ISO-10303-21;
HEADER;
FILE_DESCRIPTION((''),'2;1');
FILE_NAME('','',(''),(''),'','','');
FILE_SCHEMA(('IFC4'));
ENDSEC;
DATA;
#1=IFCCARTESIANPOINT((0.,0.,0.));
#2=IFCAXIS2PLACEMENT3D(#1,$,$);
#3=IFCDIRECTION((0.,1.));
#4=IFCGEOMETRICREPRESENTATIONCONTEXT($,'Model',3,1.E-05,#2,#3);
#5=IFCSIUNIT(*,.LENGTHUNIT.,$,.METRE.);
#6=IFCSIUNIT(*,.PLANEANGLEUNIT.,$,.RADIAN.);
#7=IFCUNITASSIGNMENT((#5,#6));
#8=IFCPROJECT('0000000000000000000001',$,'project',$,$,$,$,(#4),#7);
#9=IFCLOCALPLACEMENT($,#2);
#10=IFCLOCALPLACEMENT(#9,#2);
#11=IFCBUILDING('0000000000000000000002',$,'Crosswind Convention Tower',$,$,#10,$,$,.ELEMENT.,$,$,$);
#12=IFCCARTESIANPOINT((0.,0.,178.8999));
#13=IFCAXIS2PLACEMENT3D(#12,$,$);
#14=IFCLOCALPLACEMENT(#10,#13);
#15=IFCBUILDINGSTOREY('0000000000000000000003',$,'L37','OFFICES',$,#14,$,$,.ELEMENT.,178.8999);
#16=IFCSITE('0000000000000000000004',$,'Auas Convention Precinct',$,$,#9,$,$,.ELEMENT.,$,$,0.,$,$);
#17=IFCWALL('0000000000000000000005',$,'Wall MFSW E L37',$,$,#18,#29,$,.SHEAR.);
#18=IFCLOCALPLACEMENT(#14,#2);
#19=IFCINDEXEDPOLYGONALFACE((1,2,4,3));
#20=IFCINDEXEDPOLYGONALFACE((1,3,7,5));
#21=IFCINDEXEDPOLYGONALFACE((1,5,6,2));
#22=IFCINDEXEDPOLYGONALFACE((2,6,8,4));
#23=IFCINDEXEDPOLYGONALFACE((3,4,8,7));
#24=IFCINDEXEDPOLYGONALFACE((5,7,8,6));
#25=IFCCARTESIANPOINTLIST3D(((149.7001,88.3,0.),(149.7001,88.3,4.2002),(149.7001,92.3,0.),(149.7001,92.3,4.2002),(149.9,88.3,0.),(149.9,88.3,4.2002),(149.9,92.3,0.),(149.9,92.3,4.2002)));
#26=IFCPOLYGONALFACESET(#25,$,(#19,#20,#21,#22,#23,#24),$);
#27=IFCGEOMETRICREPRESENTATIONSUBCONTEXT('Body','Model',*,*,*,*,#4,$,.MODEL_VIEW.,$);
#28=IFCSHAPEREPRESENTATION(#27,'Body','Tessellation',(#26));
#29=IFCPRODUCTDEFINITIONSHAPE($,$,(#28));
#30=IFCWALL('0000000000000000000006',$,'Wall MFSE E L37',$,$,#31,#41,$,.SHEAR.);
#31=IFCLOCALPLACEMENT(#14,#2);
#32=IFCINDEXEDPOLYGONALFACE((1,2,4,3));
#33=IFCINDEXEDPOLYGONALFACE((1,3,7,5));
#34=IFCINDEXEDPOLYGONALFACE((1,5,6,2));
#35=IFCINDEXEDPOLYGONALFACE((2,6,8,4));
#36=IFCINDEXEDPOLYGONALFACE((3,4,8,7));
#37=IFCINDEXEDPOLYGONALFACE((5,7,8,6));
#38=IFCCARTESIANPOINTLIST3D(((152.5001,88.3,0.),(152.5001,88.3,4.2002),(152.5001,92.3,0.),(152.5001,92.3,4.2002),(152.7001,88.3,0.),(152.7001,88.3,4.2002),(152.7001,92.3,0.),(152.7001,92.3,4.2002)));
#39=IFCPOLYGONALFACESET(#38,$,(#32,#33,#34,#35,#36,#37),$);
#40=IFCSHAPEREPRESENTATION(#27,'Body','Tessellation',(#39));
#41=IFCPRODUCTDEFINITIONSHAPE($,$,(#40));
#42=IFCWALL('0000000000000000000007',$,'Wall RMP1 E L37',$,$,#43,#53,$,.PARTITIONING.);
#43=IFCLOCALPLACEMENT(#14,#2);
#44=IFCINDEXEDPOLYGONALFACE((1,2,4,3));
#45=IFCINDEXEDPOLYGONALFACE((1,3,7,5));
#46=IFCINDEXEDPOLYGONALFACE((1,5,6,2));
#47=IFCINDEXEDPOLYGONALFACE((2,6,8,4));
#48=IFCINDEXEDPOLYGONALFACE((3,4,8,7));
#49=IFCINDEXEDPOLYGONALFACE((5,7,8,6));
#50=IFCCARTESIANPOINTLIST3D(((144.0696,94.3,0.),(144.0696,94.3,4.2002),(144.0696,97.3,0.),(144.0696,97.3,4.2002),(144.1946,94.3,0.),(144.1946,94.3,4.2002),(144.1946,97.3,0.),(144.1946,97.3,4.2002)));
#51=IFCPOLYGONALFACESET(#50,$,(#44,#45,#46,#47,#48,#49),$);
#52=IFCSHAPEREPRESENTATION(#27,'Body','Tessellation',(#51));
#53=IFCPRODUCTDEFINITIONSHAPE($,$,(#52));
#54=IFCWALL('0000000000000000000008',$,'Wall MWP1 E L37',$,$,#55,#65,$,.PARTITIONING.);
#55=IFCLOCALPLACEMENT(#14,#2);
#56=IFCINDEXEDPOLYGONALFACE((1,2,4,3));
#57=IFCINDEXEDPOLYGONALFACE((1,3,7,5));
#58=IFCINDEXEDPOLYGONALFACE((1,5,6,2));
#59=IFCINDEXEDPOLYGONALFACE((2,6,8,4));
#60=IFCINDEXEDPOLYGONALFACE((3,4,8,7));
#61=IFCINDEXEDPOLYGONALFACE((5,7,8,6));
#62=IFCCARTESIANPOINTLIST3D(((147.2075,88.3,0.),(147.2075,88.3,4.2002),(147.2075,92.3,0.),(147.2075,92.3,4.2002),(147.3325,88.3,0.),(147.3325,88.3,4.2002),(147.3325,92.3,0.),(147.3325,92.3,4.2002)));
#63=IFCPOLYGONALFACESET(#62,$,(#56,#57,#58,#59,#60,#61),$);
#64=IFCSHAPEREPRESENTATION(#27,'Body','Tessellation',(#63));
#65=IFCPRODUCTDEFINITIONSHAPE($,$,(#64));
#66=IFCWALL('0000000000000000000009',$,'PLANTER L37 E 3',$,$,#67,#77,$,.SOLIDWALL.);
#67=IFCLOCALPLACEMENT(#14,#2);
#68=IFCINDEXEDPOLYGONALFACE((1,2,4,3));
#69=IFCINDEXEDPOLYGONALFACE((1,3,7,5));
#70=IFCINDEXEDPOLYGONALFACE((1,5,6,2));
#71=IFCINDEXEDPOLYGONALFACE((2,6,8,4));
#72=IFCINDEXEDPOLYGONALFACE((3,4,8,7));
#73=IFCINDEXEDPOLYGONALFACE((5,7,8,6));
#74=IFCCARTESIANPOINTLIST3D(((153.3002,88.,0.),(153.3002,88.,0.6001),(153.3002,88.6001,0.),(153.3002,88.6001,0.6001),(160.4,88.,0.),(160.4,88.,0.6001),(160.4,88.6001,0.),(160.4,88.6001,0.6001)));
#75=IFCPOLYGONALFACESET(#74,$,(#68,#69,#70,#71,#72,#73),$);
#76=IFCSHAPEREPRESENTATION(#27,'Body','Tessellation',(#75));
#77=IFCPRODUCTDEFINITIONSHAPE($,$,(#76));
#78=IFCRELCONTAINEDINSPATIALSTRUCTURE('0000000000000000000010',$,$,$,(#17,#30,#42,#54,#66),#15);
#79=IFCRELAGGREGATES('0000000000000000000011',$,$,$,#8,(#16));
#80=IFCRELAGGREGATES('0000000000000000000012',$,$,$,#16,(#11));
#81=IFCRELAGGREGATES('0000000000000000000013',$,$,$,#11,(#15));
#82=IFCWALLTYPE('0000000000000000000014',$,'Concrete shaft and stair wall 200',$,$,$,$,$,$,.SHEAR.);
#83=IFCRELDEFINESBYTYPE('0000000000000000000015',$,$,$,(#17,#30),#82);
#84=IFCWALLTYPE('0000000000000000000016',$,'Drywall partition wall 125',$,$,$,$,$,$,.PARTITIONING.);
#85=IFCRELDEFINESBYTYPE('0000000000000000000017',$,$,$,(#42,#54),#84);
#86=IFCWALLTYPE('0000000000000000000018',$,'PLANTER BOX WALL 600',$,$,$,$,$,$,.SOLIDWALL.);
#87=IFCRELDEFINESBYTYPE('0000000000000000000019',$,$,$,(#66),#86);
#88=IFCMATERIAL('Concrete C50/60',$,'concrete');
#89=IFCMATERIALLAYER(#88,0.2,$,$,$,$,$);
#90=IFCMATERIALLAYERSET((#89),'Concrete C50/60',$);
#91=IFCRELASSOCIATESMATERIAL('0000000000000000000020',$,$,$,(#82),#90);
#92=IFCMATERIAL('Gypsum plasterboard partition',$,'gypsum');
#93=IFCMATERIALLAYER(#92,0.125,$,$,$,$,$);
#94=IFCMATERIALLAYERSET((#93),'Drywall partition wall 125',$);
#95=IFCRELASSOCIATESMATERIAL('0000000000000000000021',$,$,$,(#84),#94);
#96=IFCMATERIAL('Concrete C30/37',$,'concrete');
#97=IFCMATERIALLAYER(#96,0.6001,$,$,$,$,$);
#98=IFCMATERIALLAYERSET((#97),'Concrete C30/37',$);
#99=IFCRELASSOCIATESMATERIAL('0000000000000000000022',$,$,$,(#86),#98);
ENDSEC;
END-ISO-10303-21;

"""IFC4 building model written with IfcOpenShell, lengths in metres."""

from ifc_helpers import new_model, si_unit, direction, frame, frame_2d, origin, place, context, subcontext, project, spatial, rectangle, extrude, material, layer, layer_set, type_object, element, save


model = new_model("IFC4")

# Units and contexts
model_context = context("Model", 3, precision=1e-05, world=origin(), true_north=direction((0.0, 1.0)))
body_context = subcontext(model_context, "Body", "Model", "MODEL_VIEW")
ifc_project = project(units=[si_unit("LENGTHUNIT", "METRE"), si_unit("PLANEANGLEUNIT", "RADIAN")], contexts=[model_context])

# Site, building, storey
site_placement = place(None, origin())
site = spatial("IfcSite", under=ifc_project, at=site_placement, Name="Auas Convention Precinct", CompositionType="ELEMENT", RefElevation=0.0)
building_placement = place(site_placement, origin())
building = spatial("IfcBuilding", under=site, at=building_placement, Name="Crosswind Convention Tower", CompositionType="ELEMENT")
storey_placement = place(building_placement, frame((0.0, 0.0, 178.8999)))
storey = spatial("IfcBuildingStorey", under=building, at=storey_placement, Name="L37", Description="OFFICES", CompositionType="ELEMENT", Elevation=178.8999)

# Walls
ifc_material_1 = material(Name="Concrete C50/60", Category="concrete")
ifc_layer_1 = layer(ifc_material_1, 0.2)
ifc_layer_set_1 = layer_set([ifc_layer_1], Name="Concrete C50/60")
wall_type_1 = type_object("IfcWallType", Name="Concrete shaft and stair wall 200", PredefinedType="SHEAR", material=ifc_layer_set_1)
for number, where, z_axis, x_axis, name in (
    (1, (149.8, 88.3, 0.0), (0.0, 0.0, 1.0), (0.0, 1.0, 0.0), "Wall MFSW E L37"),
    (2, (152.6001, 88.3, 0.0), (0.0, 0.0, 1.0), (0.0, 1.0, 0.0), "Wall MFSE E L37"),
):
    element("IfcWall", number, at=place(storey_placement, frame(where, z_axis=z_axis, x_axis=x_axis)), inside=storey, type_object=wall_type_1, Name=name, PredefinedType="SHEAR", context=body_context, shape_type="SweptSolid", body=[
        extrude(rectangle(XDim=4.0, YDim=0.2, at=frame_2d((2.0, 0.0))), origin(), (0.0, 0.0, 1.0), 4.2002),
    ])
ifc_material_2 = material(Name="Gypsum plasterboard partition", Category="gypsum")
ifc_layer_2 = layer(ifc_material_2, 0.125)
ifc_layer_set_2 = layer_set([ifc_layer_2], Name="Drywall partition wall 125")
wall_type_2 = type_object("IfcWallType", Name="Drywall partition wall 125", PredefinedType="PARTITIONING", material=ifc_layer_set_2)
wall_1_placement = place(storey_placement, frame((144.1321, 94.3, 0.0), z_axis=(0.0, 0.0, 1.0), x_axis=(0.0, 1.0, 0.0)))
element("IfcWall", 3, at=wall_1_placement, inside=storey, type_object=wall_type_2, Name="Wall RMP1 E L37", PredefinedType="PARTITIONING", context=body_context, shape_type="SweptSolid", body=[
    extrude(rectangle(XDim=3.0, YDim=0.125, at=frame_2d((1.5, 0.0))), origin(), (0.0, 0.0, 1.0), 4.2002),
])
wall_2_placement = place(storey_placement, frame((147.27, 88.3, 0.0), z_axis=(0.0, 0.0, 1.0), x_axis=(0.0, 1.0, 0.0)))
element("IfcWall", 4, at=wall_2_placement, inside=storey, type_object=wall_type_2, Name="Wall MWP1 E L37", PredefinedType="PARTITIONING", context=body_context, shape_type="SweptSolid", body=[
    extrude(rectangle(XDim=4.0, YDim=0.125, at=frame_2d((2.0, 0.0))), origin(), (0.0, 0.0, 1.0), 4.2002),
])
ifc_material_3 = material(Name="Concrete C30/37", Category="concrete")
ifc_layer_3 = layer(ifc_material_3, 0.6001)
ifc_layer_set_3 = layer_set([ifc_layer_3], Name="Concrete C30/37")
wall_type_3 = type_object("IfcWallType", Name="PLANTER BOX WALL 600", PredefinedType="SOLIDWALL", material=ifc_layer_set_3)
wall_3_placement = place(storey_placement, frame((160.3999, 88.3, 0.0), z_axis=(0.0, 0.0, 1.0), x_axis=(-1.0, 0.0, 0.0)))
element("IfcWall", 5, at=wall_3_placement, inside=storey, type_object=wall_type_3, Name="PLANTER L37 E 3", PredefinedType="SOLIDWALL", context=body_context, shape_type="SweptSolid", body=[
    extrude(rectangle(XDim=7.0999, YDim=0.6001, at=frame_2d((3.5498, 0.0))), origin(), (0.0, 0.0, 1.0), 0.6001),
])

save(model, "model.ifc")
